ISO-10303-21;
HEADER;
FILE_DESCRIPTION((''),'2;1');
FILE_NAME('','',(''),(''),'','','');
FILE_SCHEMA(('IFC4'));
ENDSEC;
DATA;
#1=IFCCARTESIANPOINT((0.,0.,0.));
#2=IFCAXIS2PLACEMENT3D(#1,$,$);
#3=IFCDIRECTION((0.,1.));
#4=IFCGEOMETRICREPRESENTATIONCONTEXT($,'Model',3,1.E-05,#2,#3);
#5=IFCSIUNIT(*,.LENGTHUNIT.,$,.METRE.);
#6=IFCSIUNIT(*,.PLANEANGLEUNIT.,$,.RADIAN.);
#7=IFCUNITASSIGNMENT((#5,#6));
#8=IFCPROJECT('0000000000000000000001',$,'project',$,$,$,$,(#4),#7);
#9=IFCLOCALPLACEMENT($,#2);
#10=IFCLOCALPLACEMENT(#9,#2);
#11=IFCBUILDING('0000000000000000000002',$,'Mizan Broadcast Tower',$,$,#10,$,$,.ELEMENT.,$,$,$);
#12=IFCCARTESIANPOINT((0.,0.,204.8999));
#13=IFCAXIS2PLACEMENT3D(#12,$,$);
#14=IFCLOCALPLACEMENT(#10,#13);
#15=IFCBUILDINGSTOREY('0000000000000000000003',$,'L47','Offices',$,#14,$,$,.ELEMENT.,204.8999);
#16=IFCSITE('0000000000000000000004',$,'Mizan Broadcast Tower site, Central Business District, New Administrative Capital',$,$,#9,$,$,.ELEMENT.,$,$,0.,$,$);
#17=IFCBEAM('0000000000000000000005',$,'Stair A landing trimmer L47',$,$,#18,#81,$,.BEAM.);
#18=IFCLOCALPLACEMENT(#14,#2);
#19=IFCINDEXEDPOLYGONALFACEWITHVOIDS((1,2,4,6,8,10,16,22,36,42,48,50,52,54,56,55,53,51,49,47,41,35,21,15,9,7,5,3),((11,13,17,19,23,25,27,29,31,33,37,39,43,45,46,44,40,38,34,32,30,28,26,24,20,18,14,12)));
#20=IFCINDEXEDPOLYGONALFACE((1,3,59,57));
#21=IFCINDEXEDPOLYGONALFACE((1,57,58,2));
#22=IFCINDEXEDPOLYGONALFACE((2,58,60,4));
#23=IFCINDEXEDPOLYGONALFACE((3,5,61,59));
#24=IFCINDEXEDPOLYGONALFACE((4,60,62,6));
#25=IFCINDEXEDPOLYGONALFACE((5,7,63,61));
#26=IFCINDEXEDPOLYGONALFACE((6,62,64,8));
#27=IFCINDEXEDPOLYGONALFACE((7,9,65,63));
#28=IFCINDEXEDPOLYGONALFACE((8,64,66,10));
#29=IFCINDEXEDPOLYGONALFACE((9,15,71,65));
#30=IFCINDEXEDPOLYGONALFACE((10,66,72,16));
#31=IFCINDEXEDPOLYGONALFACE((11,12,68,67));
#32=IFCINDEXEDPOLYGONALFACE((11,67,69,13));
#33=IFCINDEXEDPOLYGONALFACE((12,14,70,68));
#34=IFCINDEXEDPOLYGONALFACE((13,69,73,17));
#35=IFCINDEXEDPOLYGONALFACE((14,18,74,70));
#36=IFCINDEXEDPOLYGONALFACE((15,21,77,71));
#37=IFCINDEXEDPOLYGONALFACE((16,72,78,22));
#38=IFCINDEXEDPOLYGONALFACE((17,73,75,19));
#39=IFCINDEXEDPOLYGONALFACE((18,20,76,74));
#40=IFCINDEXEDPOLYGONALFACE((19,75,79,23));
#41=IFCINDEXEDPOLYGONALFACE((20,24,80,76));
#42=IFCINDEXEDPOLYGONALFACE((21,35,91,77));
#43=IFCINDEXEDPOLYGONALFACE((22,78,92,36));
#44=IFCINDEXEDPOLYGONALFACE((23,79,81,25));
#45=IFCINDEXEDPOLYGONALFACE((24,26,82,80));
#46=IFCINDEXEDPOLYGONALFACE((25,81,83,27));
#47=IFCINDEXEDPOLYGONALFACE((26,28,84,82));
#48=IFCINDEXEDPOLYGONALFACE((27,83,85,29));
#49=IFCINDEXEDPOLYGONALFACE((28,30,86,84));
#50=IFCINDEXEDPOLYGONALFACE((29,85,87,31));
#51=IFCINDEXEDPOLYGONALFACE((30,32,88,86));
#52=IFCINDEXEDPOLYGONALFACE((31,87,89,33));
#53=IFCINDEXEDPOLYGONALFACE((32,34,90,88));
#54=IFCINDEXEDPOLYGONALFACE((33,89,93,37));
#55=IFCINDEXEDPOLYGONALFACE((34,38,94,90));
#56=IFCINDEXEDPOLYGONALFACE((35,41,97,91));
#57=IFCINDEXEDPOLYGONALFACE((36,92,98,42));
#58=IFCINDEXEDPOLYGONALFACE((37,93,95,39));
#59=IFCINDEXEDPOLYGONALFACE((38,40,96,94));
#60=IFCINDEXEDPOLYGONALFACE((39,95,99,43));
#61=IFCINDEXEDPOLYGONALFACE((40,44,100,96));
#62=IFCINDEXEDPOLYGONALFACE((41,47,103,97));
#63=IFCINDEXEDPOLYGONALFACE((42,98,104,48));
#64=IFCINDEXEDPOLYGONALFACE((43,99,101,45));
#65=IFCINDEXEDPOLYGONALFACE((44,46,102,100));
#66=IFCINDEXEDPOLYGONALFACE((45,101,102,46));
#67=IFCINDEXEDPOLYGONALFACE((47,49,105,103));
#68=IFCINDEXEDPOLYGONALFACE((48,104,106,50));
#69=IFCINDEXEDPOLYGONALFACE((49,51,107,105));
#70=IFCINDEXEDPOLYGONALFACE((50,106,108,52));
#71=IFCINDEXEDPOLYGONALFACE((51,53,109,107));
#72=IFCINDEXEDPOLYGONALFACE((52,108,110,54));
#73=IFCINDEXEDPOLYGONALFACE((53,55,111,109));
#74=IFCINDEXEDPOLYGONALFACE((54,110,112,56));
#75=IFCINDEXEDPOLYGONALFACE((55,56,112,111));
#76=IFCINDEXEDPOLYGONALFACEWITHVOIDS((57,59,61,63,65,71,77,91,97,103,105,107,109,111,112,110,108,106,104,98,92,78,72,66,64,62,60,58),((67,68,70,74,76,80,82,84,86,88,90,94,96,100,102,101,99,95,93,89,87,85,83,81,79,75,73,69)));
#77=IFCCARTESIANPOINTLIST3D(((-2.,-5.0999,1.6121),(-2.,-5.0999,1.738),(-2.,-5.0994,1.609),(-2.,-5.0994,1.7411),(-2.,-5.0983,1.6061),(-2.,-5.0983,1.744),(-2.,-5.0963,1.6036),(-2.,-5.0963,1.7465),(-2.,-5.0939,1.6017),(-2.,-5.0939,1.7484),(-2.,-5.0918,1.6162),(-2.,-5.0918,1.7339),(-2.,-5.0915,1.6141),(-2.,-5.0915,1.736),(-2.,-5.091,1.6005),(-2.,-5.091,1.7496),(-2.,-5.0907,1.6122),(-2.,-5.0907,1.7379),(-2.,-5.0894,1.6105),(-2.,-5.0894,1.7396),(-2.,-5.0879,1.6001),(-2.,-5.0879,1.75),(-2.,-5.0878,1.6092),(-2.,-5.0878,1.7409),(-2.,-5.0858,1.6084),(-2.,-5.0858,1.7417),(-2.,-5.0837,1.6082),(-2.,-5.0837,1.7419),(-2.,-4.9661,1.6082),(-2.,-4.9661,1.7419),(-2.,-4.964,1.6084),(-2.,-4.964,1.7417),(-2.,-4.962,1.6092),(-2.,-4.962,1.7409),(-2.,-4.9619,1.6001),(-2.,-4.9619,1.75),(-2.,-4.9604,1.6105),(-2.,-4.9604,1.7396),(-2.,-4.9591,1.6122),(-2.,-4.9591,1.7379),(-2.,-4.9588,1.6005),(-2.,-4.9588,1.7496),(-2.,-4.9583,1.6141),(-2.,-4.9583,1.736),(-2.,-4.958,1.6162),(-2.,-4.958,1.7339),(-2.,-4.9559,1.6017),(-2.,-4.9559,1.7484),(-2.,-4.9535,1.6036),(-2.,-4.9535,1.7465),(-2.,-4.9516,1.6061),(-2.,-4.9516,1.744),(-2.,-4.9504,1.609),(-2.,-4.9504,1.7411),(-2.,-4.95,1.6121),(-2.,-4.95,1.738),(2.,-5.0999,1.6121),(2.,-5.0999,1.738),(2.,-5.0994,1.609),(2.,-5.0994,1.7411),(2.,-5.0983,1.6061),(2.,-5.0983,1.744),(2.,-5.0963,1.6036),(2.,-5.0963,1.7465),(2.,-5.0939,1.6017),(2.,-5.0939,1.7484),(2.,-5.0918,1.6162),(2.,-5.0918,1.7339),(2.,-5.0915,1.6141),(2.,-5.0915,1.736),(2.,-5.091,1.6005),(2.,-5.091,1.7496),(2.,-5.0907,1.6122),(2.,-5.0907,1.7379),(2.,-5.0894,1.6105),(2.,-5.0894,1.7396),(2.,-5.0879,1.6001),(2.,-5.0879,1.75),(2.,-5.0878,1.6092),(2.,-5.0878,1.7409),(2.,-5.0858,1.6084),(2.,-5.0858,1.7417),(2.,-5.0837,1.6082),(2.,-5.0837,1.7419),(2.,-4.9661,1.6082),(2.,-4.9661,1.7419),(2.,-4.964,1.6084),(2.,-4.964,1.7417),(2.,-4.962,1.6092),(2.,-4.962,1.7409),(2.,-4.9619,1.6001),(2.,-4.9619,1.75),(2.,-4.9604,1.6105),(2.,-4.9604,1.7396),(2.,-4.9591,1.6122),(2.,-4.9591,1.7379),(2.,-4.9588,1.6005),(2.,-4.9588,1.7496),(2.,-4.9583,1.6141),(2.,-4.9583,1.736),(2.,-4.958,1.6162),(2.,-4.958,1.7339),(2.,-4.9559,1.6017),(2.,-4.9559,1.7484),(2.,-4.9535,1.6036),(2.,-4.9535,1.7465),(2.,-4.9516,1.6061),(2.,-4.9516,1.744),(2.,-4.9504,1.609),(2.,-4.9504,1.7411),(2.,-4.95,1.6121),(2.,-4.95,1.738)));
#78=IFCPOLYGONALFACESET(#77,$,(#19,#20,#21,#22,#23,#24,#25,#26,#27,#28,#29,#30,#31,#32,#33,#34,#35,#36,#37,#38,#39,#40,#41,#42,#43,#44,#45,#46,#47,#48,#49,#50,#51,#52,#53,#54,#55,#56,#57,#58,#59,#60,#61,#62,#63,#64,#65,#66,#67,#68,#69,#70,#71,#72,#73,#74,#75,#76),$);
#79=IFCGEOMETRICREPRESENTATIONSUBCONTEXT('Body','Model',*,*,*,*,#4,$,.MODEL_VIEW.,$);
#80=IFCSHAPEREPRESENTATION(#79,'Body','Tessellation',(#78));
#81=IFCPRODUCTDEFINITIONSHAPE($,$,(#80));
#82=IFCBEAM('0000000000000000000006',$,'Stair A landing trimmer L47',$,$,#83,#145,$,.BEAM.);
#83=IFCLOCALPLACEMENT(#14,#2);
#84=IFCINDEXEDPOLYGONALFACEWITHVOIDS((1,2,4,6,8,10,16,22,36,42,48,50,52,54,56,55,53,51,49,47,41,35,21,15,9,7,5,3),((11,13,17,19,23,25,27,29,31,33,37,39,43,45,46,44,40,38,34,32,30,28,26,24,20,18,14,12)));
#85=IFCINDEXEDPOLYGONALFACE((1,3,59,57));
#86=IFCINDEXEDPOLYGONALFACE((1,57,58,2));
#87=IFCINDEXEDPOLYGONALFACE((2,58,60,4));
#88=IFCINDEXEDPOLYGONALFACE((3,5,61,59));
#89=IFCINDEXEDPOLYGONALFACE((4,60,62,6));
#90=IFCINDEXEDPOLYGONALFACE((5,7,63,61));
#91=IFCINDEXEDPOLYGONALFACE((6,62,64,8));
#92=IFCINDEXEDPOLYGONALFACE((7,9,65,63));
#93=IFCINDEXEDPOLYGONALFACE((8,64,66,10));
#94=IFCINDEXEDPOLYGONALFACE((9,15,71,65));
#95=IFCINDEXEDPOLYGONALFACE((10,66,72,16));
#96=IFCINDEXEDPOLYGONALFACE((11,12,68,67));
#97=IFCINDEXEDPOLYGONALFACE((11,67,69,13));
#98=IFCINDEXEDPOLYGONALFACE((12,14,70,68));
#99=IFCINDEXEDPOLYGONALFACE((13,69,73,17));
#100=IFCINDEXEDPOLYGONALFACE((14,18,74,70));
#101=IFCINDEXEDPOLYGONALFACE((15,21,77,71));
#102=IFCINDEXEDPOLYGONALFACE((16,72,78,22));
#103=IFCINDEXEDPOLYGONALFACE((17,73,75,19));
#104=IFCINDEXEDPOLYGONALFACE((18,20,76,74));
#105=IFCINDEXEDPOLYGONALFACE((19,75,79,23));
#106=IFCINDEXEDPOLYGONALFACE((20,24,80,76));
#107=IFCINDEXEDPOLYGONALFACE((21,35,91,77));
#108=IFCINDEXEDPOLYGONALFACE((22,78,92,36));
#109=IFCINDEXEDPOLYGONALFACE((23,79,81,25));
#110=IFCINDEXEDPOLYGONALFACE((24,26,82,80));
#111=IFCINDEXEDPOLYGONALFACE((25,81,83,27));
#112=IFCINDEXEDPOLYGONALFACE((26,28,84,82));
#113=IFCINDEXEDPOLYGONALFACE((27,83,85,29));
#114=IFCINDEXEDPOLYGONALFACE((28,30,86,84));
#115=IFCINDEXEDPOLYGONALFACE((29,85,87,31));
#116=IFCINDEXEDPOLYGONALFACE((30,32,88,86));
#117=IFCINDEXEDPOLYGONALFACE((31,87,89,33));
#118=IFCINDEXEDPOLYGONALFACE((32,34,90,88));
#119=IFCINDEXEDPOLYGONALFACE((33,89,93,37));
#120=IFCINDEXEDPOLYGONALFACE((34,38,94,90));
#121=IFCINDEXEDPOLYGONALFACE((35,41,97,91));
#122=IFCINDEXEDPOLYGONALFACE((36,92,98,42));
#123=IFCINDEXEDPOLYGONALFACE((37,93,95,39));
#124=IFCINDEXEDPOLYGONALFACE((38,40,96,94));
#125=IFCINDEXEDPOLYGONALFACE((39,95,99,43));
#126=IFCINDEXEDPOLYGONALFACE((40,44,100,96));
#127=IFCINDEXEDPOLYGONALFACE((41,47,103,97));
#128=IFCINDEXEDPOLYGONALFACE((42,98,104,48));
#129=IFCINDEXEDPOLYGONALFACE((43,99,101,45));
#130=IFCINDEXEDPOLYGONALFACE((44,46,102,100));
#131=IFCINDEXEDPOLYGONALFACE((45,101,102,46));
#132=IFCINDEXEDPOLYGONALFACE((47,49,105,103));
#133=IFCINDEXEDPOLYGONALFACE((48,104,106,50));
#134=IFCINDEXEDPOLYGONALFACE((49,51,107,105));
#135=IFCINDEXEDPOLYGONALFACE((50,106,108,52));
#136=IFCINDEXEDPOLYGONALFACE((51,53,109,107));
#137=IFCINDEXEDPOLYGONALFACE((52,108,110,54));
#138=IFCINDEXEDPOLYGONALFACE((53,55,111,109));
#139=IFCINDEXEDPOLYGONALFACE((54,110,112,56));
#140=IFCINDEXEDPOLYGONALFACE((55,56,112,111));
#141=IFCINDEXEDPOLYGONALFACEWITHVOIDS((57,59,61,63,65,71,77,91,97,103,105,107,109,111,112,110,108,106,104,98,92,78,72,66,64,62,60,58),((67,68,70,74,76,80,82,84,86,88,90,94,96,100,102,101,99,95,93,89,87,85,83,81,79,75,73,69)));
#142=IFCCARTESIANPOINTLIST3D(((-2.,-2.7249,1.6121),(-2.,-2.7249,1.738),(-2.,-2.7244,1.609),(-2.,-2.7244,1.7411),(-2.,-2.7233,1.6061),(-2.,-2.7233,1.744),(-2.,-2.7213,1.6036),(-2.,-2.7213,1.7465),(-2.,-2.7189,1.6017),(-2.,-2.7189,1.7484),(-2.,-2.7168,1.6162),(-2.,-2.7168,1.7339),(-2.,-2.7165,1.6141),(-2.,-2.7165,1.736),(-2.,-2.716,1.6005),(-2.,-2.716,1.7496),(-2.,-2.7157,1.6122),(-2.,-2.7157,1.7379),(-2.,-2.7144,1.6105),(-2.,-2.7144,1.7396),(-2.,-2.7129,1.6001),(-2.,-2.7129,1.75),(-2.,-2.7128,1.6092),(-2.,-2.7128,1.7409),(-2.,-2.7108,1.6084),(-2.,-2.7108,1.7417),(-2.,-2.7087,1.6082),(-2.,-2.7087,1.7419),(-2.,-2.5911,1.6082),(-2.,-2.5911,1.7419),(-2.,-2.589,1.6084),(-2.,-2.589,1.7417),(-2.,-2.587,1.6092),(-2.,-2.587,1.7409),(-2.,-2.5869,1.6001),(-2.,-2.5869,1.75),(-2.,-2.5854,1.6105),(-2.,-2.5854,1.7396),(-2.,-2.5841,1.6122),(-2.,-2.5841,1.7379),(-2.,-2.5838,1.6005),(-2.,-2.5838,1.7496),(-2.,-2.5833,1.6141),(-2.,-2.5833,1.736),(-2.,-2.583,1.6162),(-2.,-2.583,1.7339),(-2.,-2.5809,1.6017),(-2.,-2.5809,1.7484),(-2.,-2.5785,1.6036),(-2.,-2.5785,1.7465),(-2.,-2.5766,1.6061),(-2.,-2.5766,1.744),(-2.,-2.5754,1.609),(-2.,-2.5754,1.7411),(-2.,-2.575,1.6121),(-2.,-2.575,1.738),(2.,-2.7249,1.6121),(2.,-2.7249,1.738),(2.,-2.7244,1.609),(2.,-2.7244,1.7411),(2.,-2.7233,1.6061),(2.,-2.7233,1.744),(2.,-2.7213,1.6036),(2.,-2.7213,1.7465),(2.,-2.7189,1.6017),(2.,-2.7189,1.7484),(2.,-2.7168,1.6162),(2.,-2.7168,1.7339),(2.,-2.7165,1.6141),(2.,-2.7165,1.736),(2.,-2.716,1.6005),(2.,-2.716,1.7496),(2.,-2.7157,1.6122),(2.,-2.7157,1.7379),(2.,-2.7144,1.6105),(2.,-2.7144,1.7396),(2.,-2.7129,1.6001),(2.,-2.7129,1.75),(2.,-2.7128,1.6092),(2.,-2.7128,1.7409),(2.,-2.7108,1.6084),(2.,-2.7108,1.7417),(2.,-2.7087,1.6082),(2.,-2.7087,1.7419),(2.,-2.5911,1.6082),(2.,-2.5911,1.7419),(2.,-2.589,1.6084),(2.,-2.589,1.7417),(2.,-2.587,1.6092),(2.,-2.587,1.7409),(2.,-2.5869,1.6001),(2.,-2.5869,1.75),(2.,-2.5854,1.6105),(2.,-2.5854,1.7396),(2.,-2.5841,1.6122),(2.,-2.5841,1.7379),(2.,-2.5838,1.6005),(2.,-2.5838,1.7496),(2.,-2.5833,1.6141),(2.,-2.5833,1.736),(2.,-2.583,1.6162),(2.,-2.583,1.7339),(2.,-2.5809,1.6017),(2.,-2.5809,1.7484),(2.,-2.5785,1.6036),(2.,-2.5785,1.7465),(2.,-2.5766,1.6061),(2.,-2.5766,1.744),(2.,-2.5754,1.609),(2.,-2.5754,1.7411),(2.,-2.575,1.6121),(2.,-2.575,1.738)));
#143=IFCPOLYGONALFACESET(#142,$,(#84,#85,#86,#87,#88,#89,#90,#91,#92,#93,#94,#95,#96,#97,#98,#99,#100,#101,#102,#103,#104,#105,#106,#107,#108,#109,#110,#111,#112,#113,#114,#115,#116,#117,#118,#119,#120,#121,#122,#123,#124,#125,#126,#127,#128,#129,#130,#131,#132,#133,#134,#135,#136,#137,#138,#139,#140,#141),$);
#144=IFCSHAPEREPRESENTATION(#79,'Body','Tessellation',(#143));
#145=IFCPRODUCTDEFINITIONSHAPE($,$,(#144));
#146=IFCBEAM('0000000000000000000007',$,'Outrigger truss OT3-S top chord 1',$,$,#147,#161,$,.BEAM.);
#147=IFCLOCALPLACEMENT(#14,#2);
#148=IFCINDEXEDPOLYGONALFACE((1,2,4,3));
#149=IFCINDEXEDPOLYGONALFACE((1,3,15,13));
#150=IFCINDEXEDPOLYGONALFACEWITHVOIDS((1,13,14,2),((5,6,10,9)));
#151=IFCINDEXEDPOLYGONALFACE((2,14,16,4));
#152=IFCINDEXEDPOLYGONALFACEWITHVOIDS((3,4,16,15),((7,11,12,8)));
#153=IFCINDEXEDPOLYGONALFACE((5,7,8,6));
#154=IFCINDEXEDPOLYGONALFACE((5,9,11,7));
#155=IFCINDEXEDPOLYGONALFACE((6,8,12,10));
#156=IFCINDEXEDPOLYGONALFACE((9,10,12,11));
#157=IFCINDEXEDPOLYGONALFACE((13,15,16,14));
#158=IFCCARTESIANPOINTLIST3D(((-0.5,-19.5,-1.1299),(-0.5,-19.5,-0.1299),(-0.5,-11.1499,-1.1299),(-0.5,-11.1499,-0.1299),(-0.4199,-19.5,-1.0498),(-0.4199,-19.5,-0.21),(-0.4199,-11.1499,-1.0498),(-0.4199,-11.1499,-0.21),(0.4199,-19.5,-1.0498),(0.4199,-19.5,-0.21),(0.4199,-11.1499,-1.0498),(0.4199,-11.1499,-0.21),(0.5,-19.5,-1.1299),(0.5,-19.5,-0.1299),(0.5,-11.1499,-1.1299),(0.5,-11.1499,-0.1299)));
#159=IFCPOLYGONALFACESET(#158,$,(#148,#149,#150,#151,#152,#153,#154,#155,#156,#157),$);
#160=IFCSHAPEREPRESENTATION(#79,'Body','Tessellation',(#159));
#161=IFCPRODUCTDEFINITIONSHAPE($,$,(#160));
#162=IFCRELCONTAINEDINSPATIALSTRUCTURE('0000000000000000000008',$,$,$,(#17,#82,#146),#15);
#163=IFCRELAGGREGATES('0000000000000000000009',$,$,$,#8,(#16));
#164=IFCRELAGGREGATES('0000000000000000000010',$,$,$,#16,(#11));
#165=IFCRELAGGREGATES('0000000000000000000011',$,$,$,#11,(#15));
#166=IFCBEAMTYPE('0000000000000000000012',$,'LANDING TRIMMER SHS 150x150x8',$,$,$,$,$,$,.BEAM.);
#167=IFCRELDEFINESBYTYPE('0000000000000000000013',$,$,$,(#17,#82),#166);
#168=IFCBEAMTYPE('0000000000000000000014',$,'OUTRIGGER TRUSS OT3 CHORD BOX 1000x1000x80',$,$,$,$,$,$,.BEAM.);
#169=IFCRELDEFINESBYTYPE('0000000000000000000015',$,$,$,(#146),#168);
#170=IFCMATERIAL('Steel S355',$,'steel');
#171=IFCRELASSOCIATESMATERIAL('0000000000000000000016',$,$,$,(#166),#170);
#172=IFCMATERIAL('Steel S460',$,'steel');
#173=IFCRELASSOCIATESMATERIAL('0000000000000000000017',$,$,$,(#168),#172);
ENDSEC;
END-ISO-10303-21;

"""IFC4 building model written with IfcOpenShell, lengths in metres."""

from ifc_helpers import new_model, si_unit, direction, frame, origin, origin_2d, place, context, subcontext, project, spatial, hollow_rectangle, extrude, material, material_profile, profile_set, type_object, element, save


model = new_model("IFC4")

# Units and contexts
model_context = context("Model", 3, precision=1e-05, world=origin(), true_north=direction((0.0, 1.0)))
body_context = subcontext(model_context, "Body", "Model", "MODEL_VIEW")
ifc_project = project(units=[si_unit("LENGTHUNIT", "METRE"), si_unit("PLANEANGLEUNIT", "RADIAN")], contexts=[model_context])

# Site, building, storey
site_placement = place(None, origin())
site = spatial("IfcSite", under=ifc_project, at=site_placement, Name="Mizan Broadcast Tower site, Central Business District, New Administrative Capital", CompositionType="ELEMENT", RefElevation=0.0)
building_placement = place(site_placement, origin())
building = spatial("IfcBuilding", under=site, at=building_placement, Name="Mizan Broadcast Tower", CompositionType="ELEMENT")
storey_placement = place(building_placement, frame((0.0, 0.0, 204.8999)))
storey = spatial("IfcBuildingStorey", under=building, at=storey_placement, Name="L47", Description="Offices", CompositionType="ELEMENT", Elevation=204.8999)

# Beams
ifc_material_1 = material(Name="Steel S355", Category="steel")
ifc_material_profile_1 = material_profile(ifc_material_1, hollow_rectangle(XDim=0.1499, YDim=0.1499, WallThickness=0.0081, InnerFilletRadius=0.0081, OuterFilletRadius=0.012, at=origin_2d()), Name="SHS 150x150x8")
ifc_profile_set_1 = profile_set([ifc_material_profile_1], Name="Steel S355")
beam_type_1 = type_object("IfcBeamType", Name="LANDING TRIMMER SHS 150x150x8", PredefinedType="BEAM", material=ifc_profile_set_1)
for number, where, z_axis, x_axis, name in (
    (1, (-2.0, -5.0249, 1.675), (1.0, 0.0, 0.0), (0.0, 1.0, 0.0), "Stair A landing trimmer L47"),
    (2, (-2.0, -2.6499, 1.675), (1.0, 0.0, 0.0), (0.0, 1.0, 0.0), "Stair A landing trimmer L47"),
):
    element("IfcBeam", number, at=place(storey_placement, frame(where, z_axis=z_axis, x_axis=x_axis)), inside=storey, type_object=beam_type_1, Name=name, PredefinedType="BEAM", context=body_context, shape_type="SweptSolid", body=[
        extrude(hollow_rectangle(XDim=0.1499, YDim=0.1499, WallThickness=0.0081, InnerFilletRadius=0.0081, OuterFilletRadius=0.012, at=origin_2d()), origin(), (0.0, 0.0, 1.0), 4.0),
    ])
ifc_material_2 = material(Name="Steel S460", Category="steel")
ifc_material_profile_2 = material_profile(ifc_material_2, hollow_rectangle(XDim=1.0, YDim=1.0, WallThickness=0.0801, at=origin_2d()), Name="BOX 1000x1000x80")
ifc_profile_set_2 = profile_set([ifc_material_profile_2], Name="Steel S460")
beam_type_2 = type_object("IfcBeamType", Name="OUTRIGGER TRUSS OT3 CHORD BOX 1000x1000x80", PredefinedType="BEAM", material=ifc_profile_set_2)
beam_placement = place(storey_placement, frame((0.0, -11.1499, -0.6299), z_axis=(0.0, -1.0, 0.0), x_axis=(1.0, 0.0, 0.0)))
element("IfcBeam", 3, at=beam_placement, inside=storey, type_object=beam_type_2, Name="Outrigger truss OT3-S top chord 1", PredefinedType="BEAM", context=body_context, shape_type="SweptSolid", body=[
    extrude(hollow_rectangle(XDim=1.0, YDim=1.0, WallThickness=0.0801, at=origin_2d()), origin(), (0.0, 0.0, 1.0), 8.3501),
])

save(model, "model.ifc")
